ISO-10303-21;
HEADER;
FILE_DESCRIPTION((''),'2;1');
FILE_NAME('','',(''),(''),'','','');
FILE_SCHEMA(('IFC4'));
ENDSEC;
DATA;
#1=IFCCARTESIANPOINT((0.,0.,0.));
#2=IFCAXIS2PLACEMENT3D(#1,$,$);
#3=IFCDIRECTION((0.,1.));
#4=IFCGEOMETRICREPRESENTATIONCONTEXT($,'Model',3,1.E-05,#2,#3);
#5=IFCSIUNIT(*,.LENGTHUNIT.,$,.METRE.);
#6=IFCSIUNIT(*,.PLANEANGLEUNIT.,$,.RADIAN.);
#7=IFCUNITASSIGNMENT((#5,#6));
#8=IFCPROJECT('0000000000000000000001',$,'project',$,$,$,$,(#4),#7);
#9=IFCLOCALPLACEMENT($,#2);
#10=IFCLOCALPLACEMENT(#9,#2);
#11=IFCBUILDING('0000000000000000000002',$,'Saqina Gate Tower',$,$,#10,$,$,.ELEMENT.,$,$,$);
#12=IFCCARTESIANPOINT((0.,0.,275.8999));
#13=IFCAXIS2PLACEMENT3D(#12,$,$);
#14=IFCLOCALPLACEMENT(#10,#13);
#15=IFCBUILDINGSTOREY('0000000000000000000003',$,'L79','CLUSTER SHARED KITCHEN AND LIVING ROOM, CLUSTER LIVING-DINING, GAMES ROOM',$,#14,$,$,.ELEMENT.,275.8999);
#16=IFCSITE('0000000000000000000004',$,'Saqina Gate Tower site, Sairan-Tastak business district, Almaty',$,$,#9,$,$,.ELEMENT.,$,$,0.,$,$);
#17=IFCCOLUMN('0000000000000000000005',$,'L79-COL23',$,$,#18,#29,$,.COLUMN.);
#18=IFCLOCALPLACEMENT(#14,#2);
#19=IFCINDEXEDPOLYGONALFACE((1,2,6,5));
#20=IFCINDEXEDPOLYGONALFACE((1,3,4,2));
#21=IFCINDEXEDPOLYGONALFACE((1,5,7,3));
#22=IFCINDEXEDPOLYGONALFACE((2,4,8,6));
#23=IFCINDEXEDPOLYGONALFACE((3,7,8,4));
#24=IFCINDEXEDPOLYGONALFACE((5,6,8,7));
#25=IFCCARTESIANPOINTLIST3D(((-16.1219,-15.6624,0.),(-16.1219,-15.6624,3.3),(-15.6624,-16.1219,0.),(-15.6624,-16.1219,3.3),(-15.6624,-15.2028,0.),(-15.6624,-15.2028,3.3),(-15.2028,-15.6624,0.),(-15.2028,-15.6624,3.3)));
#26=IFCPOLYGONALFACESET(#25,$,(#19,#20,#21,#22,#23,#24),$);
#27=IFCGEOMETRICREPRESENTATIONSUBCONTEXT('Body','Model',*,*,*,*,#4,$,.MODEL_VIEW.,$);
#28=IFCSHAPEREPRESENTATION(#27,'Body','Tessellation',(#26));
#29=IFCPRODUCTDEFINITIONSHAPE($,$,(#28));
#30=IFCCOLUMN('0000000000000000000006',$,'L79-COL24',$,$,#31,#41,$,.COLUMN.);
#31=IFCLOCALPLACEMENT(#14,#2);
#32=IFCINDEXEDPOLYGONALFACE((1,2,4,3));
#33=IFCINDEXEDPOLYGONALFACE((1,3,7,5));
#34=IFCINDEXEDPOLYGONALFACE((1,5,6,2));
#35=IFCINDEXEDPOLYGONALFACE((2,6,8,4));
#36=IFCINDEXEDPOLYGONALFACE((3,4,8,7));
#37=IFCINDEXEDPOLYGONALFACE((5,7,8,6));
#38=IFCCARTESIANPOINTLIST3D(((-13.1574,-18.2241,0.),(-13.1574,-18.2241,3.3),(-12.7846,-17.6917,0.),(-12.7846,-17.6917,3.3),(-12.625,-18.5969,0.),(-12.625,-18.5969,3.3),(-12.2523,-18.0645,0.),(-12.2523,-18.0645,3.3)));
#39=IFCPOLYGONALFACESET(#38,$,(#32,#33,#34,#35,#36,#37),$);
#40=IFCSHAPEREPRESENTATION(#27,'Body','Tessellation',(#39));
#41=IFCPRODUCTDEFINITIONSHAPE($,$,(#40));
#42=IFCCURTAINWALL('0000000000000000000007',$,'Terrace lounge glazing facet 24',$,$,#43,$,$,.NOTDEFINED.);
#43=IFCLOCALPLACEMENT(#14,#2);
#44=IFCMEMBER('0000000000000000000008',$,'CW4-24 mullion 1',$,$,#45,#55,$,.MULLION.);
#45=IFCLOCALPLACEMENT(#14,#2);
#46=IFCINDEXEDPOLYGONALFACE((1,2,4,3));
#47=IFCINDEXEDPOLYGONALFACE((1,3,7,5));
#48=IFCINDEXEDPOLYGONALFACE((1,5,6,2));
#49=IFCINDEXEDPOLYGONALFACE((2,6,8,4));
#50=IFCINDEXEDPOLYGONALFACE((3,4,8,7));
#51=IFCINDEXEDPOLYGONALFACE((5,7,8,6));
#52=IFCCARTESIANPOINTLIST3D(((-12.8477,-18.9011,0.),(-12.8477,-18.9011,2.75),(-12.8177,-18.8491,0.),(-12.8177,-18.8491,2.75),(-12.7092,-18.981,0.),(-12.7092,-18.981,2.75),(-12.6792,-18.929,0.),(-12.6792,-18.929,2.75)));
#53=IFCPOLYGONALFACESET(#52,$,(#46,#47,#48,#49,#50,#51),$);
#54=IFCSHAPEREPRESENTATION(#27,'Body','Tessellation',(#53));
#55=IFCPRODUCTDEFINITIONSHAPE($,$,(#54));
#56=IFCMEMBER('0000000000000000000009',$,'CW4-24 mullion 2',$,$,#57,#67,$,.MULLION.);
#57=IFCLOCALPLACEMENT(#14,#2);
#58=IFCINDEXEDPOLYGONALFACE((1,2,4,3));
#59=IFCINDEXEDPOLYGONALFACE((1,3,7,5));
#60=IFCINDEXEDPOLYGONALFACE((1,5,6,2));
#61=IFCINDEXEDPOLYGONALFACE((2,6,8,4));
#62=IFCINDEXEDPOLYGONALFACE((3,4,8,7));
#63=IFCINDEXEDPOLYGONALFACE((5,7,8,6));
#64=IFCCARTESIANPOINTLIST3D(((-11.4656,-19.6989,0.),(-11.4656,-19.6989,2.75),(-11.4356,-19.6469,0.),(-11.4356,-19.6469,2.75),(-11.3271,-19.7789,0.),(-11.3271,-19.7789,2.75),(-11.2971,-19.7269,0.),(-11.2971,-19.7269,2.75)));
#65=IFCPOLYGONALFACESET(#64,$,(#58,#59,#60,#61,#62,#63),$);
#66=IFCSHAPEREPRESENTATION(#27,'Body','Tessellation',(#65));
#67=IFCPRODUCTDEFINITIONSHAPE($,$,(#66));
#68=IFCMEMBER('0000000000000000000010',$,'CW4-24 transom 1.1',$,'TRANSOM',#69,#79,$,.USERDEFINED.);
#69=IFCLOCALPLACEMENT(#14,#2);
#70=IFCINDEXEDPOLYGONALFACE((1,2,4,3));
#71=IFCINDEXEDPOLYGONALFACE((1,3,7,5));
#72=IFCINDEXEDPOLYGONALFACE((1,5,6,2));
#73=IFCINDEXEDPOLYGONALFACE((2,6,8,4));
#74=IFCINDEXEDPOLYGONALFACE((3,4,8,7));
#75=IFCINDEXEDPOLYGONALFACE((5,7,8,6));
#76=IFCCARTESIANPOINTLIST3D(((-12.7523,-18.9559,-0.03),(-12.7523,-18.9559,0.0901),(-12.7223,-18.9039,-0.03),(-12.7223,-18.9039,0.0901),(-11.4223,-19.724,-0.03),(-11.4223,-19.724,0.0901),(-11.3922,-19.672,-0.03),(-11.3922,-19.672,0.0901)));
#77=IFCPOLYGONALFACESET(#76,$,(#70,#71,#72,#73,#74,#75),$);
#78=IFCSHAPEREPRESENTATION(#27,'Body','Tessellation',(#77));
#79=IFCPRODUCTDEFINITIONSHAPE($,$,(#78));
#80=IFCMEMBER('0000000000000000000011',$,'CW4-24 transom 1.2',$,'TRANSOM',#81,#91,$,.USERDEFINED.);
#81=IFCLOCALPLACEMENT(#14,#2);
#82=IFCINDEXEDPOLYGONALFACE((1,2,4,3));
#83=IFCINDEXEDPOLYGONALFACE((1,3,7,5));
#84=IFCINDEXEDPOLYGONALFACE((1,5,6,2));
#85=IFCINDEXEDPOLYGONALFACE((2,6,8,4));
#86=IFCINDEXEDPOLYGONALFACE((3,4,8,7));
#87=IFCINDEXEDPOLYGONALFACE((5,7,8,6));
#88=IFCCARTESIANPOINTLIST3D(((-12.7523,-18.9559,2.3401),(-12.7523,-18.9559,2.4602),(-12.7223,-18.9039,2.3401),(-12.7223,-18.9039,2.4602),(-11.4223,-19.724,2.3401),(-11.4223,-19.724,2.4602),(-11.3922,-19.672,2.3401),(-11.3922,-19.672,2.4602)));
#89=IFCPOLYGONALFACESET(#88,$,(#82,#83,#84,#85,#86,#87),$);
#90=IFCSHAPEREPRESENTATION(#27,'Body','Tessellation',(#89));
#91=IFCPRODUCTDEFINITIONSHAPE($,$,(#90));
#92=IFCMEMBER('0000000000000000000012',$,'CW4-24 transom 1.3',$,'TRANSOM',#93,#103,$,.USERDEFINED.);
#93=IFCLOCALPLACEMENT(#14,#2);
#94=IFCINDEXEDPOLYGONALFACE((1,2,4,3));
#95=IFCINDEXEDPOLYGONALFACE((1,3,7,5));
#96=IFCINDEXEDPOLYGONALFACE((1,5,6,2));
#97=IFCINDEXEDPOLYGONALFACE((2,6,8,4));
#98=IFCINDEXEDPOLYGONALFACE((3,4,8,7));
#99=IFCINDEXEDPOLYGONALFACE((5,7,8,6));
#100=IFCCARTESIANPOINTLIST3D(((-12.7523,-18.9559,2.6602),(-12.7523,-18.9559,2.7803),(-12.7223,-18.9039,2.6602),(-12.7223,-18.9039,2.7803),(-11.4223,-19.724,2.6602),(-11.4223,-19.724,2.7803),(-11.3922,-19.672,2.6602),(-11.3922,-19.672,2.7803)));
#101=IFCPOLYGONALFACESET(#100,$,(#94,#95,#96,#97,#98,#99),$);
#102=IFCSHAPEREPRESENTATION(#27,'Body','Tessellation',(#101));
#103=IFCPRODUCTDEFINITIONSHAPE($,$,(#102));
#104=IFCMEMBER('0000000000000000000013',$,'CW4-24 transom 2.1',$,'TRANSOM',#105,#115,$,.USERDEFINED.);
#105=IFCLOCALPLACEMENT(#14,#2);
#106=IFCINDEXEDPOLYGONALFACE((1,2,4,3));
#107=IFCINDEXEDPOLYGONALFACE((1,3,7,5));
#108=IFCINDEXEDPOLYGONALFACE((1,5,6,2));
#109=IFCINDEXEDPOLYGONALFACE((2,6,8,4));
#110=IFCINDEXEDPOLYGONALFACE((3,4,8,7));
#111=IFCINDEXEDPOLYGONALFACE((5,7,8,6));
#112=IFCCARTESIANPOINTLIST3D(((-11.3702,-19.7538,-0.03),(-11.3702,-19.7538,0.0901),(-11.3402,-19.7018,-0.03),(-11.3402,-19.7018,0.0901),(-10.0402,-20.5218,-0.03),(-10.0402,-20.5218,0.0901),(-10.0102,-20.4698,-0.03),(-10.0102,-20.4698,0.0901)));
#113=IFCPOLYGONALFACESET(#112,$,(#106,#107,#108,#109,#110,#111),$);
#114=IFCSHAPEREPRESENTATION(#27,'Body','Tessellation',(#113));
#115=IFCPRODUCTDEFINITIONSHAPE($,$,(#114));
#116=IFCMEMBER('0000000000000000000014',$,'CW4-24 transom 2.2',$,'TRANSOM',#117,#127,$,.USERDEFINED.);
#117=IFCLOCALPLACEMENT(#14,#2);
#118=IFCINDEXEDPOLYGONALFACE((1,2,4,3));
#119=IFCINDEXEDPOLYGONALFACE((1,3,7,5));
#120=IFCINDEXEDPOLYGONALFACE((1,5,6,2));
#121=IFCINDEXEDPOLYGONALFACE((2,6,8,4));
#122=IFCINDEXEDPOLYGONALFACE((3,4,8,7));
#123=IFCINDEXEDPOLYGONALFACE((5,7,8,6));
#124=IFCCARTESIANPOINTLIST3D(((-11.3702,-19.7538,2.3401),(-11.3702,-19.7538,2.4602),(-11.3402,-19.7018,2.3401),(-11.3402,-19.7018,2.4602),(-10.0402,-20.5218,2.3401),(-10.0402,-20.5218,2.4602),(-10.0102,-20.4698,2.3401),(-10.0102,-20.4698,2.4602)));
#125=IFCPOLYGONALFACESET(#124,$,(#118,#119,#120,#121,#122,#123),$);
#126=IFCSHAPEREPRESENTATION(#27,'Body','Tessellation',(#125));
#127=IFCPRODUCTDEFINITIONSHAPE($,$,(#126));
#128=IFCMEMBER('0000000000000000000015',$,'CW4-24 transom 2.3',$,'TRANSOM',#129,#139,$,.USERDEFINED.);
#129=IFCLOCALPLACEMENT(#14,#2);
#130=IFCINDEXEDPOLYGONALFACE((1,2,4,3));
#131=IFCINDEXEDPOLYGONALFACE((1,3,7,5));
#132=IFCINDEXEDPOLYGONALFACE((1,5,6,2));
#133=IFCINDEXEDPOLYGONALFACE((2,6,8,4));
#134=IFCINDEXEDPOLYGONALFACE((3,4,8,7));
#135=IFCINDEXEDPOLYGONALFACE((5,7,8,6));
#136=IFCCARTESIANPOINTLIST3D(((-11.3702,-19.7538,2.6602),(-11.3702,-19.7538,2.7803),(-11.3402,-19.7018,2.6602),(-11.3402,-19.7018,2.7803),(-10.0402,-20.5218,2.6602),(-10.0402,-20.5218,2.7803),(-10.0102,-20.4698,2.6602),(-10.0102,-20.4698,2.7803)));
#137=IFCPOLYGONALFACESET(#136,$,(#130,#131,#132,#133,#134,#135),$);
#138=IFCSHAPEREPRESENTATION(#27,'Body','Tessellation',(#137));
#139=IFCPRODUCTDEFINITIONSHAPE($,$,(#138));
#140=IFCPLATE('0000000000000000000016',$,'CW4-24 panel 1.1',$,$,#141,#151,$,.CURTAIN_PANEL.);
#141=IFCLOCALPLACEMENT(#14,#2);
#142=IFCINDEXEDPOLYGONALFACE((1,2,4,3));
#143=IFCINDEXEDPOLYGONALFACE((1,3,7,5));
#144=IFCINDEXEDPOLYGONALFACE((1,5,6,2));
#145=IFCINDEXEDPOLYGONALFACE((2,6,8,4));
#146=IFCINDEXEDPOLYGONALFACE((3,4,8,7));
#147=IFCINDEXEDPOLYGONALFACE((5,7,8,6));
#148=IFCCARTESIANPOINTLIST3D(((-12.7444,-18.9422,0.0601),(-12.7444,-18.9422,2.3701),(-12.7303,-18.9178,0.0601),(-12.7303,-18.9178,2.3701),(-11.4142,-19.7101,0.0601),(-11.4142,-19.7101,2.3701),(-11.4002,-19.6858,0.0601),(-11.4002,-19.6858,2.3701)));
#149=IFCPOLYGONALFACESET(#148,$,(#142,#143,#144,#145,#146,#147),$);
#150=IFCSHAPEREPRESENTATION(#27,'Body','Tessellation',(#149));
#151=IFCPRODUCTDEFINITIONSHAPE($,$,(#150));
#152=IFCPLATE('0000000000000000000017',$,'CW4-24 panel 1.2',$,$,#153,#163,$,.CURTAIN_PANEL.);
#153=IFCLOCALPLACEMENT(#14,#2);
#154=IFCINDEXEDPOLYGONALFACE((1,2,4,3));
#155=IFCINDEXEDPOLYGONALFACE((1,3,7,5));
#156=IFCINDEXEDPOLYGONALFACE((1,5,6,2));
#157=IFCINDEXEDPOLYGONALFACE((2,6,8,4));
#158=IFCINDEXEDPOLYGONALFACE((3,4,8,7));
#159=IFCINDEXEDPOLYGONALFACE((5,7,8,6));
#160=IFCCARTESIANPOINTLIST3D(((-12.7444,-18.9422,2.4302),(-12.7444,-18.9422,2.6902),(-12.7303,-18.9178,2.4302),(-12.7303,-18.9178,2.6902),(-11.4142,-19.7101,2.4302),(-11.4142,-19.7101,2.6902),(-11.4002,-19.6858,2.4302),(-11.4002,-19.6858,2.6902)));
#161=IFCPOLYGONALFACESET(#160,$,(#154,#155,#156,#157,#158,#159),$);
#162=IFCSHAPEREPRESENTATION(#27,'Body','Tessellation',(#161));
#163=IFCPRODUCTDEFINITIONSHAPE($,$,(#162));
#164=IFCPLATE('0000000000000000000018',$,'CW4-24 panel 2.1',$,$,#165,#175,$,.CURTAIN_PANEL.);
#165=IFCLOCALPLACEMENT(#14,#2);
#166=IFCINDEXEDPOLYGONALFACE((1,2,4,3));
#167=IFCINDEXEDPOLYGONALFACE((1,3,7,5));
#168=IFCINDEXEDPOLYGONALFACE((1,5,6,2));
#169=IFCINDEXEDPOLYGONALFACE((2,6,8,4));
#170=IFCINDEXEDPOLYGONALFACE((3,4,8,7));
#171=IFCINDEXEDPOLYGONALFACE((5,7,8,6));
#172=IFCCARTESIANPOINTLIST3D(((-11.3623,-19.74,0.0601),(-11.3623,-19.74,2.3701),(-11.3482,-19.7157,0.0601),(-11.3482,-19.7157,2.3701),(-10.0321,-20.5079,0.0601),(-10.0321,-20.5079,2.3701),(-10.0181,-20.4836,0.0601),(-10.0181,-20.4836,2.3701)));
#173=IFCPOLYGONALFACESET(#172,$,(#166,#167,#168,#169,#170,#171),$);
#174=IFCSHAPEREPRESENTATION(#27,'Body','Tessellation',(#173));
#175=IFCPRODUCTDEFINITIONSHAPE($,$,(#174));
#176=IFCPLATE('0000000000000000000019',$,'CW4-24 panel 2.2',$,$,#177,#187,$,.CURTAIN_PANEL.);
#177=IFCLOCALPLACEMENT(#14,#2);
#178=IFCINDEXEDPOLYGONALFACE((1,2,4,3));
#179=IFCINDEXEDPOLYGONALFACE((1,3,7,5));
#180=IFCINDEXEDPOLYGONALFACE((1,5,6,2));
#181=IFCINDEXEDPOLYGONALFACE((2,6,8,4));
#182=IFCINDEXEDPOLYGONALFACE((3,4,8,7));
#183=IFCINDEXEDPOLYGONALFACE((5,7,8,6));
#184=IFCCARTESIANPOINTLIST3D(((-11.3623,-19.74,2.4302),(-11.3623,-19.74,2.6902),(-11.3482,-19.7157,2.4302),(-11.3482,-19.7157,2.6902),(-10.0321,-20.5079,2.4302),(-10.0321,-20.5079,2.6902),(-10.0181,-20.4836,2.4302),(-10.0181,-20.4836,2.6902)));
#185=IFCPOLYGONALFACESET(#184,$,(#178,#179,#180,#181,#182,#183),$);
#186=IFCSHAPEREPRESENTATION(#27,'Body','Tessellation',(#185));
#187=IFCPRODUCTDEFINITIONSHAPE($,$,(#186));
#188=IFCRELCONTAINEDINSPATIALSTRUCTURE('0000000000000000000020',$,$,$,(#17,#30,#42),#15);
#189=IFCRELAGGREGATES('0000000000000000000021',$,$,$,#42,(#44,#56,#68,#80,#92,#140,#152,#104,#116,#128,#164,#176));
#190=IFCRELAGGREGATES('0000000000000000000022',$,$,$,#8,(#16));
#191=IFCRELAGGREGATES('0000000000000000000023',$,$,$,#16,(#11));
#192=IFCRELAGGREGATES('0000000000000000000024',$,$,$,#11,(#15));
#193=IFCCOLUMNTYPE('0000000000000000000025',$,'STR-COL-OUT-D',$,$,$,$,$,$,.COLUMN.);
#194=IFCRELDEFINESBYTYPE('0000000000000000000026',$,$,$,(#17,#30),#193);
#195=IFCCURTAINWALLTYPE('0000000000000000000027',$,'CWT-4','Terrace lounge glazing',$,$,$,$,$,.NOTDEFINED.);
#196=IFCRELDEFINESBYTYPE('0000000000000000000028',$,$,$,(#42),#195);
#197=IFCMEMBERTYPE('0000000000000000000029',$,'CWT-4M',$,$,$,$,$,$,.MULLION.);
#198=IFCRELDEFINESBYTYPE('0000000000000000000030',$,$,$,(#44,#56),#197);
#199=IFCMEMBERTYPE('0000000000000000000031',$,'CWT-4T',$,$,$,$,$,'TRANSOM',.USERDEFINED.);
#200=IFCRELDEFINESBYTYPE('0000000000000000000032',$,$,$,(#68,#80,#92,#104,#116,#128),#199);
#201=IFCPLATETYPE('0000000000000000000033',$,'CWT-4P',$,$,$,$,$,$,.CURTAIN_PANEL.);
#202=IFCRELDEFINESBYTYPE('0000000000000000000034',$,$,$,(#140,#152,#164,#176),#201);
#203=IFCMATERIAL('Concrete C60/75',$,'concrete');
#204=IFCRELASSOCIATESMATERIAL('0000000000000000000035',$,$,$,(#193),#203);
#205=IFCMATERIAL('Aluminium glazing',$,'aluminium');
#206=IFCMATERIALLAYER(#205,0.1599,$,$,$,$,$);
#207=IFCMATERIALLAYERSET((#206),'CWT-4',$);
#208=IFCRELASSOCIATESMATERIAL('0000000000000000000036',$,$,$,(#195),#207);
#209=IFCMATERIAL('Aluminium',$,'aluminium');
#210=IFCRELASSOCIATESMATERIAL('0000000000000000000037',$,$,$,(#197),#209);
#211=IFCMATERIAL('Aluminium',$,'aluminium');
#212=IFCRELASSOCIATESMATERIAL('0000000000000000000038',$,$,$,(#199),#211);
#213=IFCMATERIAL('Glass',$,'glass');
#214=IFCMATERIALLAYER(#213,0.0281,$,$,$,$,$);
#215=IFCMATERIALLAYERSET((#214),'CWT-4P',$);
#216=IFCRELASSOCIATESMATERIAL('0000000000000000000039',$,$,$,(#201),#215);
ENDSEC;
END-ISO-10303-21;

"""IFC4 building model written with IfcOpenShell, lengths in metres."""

from ifc_helpers import new_model, si_unit, direction, frame, origin, origin_2d, place, context, subcontext, project, spatial, rectangle, extrude, material, layer, layer_set, material_profile, profile_set, type_object, element, aggregate, save


model = new_model("IFC4")

# Units and contexts
model_context = context("Model", 3, precision=1e-05, world=origin(), true_north=direction((0.0, 1.0)))
body_context = subcontext(model_context, "Body", "Model", "MODEL_VIEW")
ifc_project = project(units=[si_unit("LENGTHUNIT", "METRE"), si_unit("PLANEANGLEUNIT", "RADIAN")], contexts=[model_context])

# Site, building, storey
site_placement = place(None, origin())
site = spatial("IfcSite", under=ifc_project, at=site_placement, Name="Saqina Gate Tower site, Sairan-Tastak business district, Almaty", CompositionType="ELEMENT", RefElevation=0.0)
building_placement = place(site_placement, origin())
building = spatial("IfcBuilding", under=site, at=building_placement, Name="Saqina Gate Tower", CompositionType="ELEMENT")
storey_placement = place(building_placement, frame((0.0, 0.0, 275.8999)))
storey = spatial("IfcBuildingStorey", under=building, at=storey_placement, Name="L79", Description="CLUSTER SHARED KITCHEN AND LIVING ROOM, CLUSTER LIVING-DINING, GAMES ROOM", CompositionType="ELEMENT", Elevation=275.8999)

# Columns
ifc_material_1 = material(Name="Concrete C60/75", Category="concrete")
ifc_material_profile_1 = material_profile(ifc_material_1, rectangle(XDim=0.6499, YDim=0.6499, at=origin_2d()), Name="RC 650x650")
ifc_profile_set_1 = profile_set([ifc_material_profile_1], Name="Concrete C60/75")
column_type = type_object("IfcColumnType", Name="STR-COL-OUT-D", PredefinedType="COLUMN", material=ifc_profile_set_1)
for number, where, z_axis, x_axis, name in (
    (1, (-15.6624, -15.6624, 0.0), (0.0, 0.0, 1.0), (-0.707107, -0.707107, 0.0), "L79-COL23"),
    (2, (-12.7048, -18.1443, 0.0), (0.0, 0.0, 1.0), (-0.573576, -0.819152, 0.0), "L79-COL24"),
):
    element("IfcColumn", number, at=place(storey_placement, frame(where, z_axis=z_axis, x_axis=x_axis)), inside=storey, type_object=column_type, Name=name, PredefinedType="COLUMN", context=body_context, shape_type="SweptSolid", body=[
        extrude(rectangle(XDim=0.6499, YDim=0.6499, at=origin_2d()), origin(), (0.0, 0.0, 1.0), 3.3),
    ])

# Curtain wall, members, plates
ifc_material_2 = material(Name="Aluminium glazing", Category="aluminium")
ifc_layer_1 = layer(ifc_material_2, 0.1599)
ifc_layer_set_1 = layer_set([ifc_layer_1], Name="CWT-4")
curtain_wall_type = type_object("IfcCurtainWallType", Name="CWT-4", Description="Terrace lounge glazing", PredefinedType="NOTDEFINED", material=ifc_layer_set_1)
curtain_wall_placement = place(storey_placement, origin())
curtain_wall = element("IfcCurtainWall", 3, at=curtain_wall_placement, inside=storey, type_object=curtain_wall_type, Name="Terrace lounge glazing facet 24", PredefinedType="NOTDEFINED")
ifc_material_3 = material(Name="Aluminium", Category="aluminium")
ifc_material_profile_2 = material_profile(ifc_material_3, rectangle(XDim=0.0601, YDim=0.1599, at=origin_2d()), Name="Aluminium 60x160")
ifc_profile_set_2 = profile_set([ifc_material_profile_2], Name="Aluminium")
member_type_1 = type_object("IfcMemberType", Name="CWT-4M", PredefinedType="MULLION", material=ifc_profile_set_2)
member_1_placement = place(storey_placement, frame((-12.7634, -18.915, 0.0), z_axis=(0.0, 0.0, 1.0), x_axis=(0.499982, 0.866036, 0.0)))
member_1 = element("IfcMember", 4, at=member_1_placement, type_object=member_type_1, Name="CW4-24 mullion 1", PredefinedType="MULLION", context=body_context, shape_type="SweptSolid", body=[
    extrude(rectangle(XDim=0.0601, YDim=0.1599, at=origin_2d()), origin(), (0.0, 0.0, 1.0), 2.75),
])
member_2_placement = place(storey_placement, frame((-11.3813, -19.7129, 0.0), z_axis=(0.0, 0.0, 1.0), x_axis=(0.499982, 0.866036, 0.0)))
member_2 = element("IfcMember", 5, at=member_2_placement, type_object=member_type_1, Name="CW4-24 mullion 2", PredefinedType="MULLION", context=body_context, shape_type="SweptSolid", body=[
    extrude(rectangle(XDim=0.0601, YDim=0.1599, at=origin_2d()), origin(), (0.0, 0.0, 1.0), 2.75),
])
ifc_material_4 = material(Name="Aluminium", Category="aluminium")
ifc_material_profile_3 = material_profile(ifc_material_4, rectangle(XDim=0.0601, YDim=0.1201, at=origin_2d()), Name="Aluminium 60x120")
ifc_profile_set_3 = profile_set([ifc_material_profile_3], Name="Aluminium")
member_type_2 = type_object("IfcMemberType", Name="CWT-4T", ElementType="TRANSOM", PredefinedType="USERDEFINED", material=ifc_profile_set_3)
member_3_placement = place(storey_placement, frame((-12.7373, -18.9299, 0.03), z_axis=(0.865984, -0.500071, 0.0), x_axis=(0.500071, 0.865984, 0.0)))
member_3 = element("IfcMember", 6, at=member_3_placement, type_object=member_type_2, Name="CW4-24 transom 1.1", ObjectType="TRANSOM", PredefinedType="USERDEFINED", context=body_context, shape_type="SweptSolid", body=[
    extrude(rectangle(XDim=0.0601, YDim=0.1201, at=origin_2d()), origin(), (0.0, 0.0, 1.0), 1.5359),
])
member_4_placement = place(storey_placement, frame((-12.7373, -18.9299, 2.4001), z_axis=(0.865984, -0.500071, 0.0), x_axis=(0.500071, 0.865984, 0.0)))
member_4 = element("IfcMember", 7, at=member_4_placement, type_object=member_type_2, Name="CW4-24 transom 1.2", ObjectType="TRANSOM", PredefinedType="USERDEFINED", context=body_context, shape_type="SweptSolid", body=[
    extrude(rectangle(XDim=0.0601, YDim=0.1201, at=origin_2d()), origin(), (0.0, 0.0, 1.0), 1.5359),
])
member_5_placement = place(storey_placement, frame((-12.7373, -18.9299, 2.7202), z_axis=(0.865984, -0.500071, 0.0), x_axis=(0.500071, 0.865984, 0.0)))
member_5 = element("IfcMember", 8, at=member_5_placement, type_object=member_type_2, Name="CW4-24 transom 1.3", ObjectType="TRANSOM", PredefinedType="USERDEFINED", context=body_context, shape_type="SweptSolid", body=[
    extrude(rectangle(XDim=0.0601, YDim=0.1201, at=origin_2d()), origin(), (0.0, 0.0, 1.0), 1.5359),
])
member_6_placement = place(storey_placement, frame((-11.3552, -19.7278, 0.03), z_axis=(0.865984, -0.500071, 0.0), x_axis=(0.500071, 0.865984, 0.0)))
member_6 = element("IfcMember", 9, at=member_6_placement, type_object=member_type_2, Name="CW4-24 transom 2.1", ObjectType="TRANSOM", PredefinedType="USERDEFINED", context=body_context, shape_type="SweptSolid", body=[
    extrude(rectangle(XDim=0.0601, YDim=0.1201, at=origin_2d()), origin(), (0.0, 0.0, 1.0), 1.5359),
])
member_7_placement = place(storey_placement, frame((-11.3552, -19.7278, 2.4001), z_axis=(0.865984, -0.500071, 0.0), x_axis=(0.500071, 0.865984, 0.0)))
member_7 = element("IfcMember", 10, at=member_7_placement, type_object=member_type_2, Name="CW4-24 transom 2.2", ObjectType="TRANSOM", PredefinedType="USERDEFINED", context=body_context, shape_type="SweptSolid", body=[
    extrude(rectangle(XDim=0.0601, YDim=0.1201, at=origin_2d()), origin(), (0.0, 0.0, 1.0), 1.5359),
])
member_8_placement = place(storey_placement, frame((-11.3552, -19.7278, 2.7202), z_axis=(0.865984, -0.500071, 0.0), x_axis=(0.500071, 0.865984, 0.0)))
member_8 = element("IfcMember", 11, at=member_8_placement, type_object=member_type_2, Name="CW4-24 transom 2.3", ObjectType="TRANSOM", PredefinedType="USERDEFINED", context=body_context, shape_type="SweptSolid", body=[
    extrude(rectangle(XDim=0.0601, YDim=0.1201, at=origin_2d()), origin(), (0.0, 0.0, 1.0), 1.5359),
])
ifc_material_5 = material(Name="Glass", Category="glass")
ifc_layer_2 = layer(ifc_material_5, 0.0281)
ifc_layer_set_2 = layer_set([ifc_layer_2], Name="CWT-4P")
plate_type = type_object("IfcPlateType", Name="CWT-4P", PredefinedType="CURTAIN_PANEL", material=ifc_layer_set_2)
plate_1_placement = place(storey_placement, frame((-12.0723, -19.314, 0.0601), z_axis=(0.0, 0.0, 1.0), x_axis=(0.866036, -0.499982, 0.0)))
plate_1 = element("IfcPlate", 12, at=plate_1_placement, type_object=plate_type, Name="CW4-24 panel 1.1", PredefinedType="CURTAIN_PANEL", context=body_context, shape_type="SweptSolid", body=[
    extrude(rectangle(XDim=1.5359, YDim=0.0281, at=origin_2d()), origin(), (0.0, 0.0, 1.0), 2.3101),
])
plate_2_placement = place(storey_placement, frame((-12.0723, -19.314, 2.4302), z_axis=(0.0, 0.0, 1.0), x_axis=(0.866036, -0.499982, 0.0)))
plate_2 = element("IfcPlate", 13, at=plate_2_placement, type_object=plate_type, Name="CW4-24 panel 1.2", PredefinedType="CURTAIN_PANEL", context=body_context, shape_type="SweptSolid", body=[
    extrude(rectangle(XDim=1.5359, YDim=0.0281, at=origin_2d()), origin(), (0.0, 0.0, 1.0), 0.26),
])
plate_3_placement = place(storey_placement, frame((-10.6902, -20.1118, 0.0601), z_axis=(0.0, 0.0, 1.0), x_axis=(0.866036, -0.499982, 0.0)))
plate_3 = element("IfcPlate", 14, at=plate_3_placement, type_object=plate_type, Name="CW4-24 panel 2.1", PredefinedType="CURTAIN_PANEL", context=body_context, shape_type="SweptSolid", body=[
    extrude(rectangle(XDim=1.5359, YDim=0.0281, at=origin_2d()), origin(), (0.0, 0.0, 1.0), 2.3101),
])
plate_4_placement = place(storey_placement, frame((-10.6902, -20.1118, 2.4302), z_axis=(0.0, 0.0, 1.0), x_axis=(0.866036, -0.499982, 0.0)))
plate_4 = element("IfcPlate", 15, at=plate_4_placement, type_object=plate_type, Name="CW4-24 panel 2.2", PredefinedType="CURTAIN_PANEL", context=body_context, shape_type="SweptSolid", body=[
    extrude(rectangle(XDim=1.5359, YDim=0.0281, at=origin_2d()), origin(), (0.0, 0.0, 1.0), 0.26),
])
aggregate(curtain_wall, [member_1, member_2, member_3, member_4, member_5, plate_1, plate_2, member_6, member_7, member_8, plate_3, plate_4])

save(model, "model.ifc")
